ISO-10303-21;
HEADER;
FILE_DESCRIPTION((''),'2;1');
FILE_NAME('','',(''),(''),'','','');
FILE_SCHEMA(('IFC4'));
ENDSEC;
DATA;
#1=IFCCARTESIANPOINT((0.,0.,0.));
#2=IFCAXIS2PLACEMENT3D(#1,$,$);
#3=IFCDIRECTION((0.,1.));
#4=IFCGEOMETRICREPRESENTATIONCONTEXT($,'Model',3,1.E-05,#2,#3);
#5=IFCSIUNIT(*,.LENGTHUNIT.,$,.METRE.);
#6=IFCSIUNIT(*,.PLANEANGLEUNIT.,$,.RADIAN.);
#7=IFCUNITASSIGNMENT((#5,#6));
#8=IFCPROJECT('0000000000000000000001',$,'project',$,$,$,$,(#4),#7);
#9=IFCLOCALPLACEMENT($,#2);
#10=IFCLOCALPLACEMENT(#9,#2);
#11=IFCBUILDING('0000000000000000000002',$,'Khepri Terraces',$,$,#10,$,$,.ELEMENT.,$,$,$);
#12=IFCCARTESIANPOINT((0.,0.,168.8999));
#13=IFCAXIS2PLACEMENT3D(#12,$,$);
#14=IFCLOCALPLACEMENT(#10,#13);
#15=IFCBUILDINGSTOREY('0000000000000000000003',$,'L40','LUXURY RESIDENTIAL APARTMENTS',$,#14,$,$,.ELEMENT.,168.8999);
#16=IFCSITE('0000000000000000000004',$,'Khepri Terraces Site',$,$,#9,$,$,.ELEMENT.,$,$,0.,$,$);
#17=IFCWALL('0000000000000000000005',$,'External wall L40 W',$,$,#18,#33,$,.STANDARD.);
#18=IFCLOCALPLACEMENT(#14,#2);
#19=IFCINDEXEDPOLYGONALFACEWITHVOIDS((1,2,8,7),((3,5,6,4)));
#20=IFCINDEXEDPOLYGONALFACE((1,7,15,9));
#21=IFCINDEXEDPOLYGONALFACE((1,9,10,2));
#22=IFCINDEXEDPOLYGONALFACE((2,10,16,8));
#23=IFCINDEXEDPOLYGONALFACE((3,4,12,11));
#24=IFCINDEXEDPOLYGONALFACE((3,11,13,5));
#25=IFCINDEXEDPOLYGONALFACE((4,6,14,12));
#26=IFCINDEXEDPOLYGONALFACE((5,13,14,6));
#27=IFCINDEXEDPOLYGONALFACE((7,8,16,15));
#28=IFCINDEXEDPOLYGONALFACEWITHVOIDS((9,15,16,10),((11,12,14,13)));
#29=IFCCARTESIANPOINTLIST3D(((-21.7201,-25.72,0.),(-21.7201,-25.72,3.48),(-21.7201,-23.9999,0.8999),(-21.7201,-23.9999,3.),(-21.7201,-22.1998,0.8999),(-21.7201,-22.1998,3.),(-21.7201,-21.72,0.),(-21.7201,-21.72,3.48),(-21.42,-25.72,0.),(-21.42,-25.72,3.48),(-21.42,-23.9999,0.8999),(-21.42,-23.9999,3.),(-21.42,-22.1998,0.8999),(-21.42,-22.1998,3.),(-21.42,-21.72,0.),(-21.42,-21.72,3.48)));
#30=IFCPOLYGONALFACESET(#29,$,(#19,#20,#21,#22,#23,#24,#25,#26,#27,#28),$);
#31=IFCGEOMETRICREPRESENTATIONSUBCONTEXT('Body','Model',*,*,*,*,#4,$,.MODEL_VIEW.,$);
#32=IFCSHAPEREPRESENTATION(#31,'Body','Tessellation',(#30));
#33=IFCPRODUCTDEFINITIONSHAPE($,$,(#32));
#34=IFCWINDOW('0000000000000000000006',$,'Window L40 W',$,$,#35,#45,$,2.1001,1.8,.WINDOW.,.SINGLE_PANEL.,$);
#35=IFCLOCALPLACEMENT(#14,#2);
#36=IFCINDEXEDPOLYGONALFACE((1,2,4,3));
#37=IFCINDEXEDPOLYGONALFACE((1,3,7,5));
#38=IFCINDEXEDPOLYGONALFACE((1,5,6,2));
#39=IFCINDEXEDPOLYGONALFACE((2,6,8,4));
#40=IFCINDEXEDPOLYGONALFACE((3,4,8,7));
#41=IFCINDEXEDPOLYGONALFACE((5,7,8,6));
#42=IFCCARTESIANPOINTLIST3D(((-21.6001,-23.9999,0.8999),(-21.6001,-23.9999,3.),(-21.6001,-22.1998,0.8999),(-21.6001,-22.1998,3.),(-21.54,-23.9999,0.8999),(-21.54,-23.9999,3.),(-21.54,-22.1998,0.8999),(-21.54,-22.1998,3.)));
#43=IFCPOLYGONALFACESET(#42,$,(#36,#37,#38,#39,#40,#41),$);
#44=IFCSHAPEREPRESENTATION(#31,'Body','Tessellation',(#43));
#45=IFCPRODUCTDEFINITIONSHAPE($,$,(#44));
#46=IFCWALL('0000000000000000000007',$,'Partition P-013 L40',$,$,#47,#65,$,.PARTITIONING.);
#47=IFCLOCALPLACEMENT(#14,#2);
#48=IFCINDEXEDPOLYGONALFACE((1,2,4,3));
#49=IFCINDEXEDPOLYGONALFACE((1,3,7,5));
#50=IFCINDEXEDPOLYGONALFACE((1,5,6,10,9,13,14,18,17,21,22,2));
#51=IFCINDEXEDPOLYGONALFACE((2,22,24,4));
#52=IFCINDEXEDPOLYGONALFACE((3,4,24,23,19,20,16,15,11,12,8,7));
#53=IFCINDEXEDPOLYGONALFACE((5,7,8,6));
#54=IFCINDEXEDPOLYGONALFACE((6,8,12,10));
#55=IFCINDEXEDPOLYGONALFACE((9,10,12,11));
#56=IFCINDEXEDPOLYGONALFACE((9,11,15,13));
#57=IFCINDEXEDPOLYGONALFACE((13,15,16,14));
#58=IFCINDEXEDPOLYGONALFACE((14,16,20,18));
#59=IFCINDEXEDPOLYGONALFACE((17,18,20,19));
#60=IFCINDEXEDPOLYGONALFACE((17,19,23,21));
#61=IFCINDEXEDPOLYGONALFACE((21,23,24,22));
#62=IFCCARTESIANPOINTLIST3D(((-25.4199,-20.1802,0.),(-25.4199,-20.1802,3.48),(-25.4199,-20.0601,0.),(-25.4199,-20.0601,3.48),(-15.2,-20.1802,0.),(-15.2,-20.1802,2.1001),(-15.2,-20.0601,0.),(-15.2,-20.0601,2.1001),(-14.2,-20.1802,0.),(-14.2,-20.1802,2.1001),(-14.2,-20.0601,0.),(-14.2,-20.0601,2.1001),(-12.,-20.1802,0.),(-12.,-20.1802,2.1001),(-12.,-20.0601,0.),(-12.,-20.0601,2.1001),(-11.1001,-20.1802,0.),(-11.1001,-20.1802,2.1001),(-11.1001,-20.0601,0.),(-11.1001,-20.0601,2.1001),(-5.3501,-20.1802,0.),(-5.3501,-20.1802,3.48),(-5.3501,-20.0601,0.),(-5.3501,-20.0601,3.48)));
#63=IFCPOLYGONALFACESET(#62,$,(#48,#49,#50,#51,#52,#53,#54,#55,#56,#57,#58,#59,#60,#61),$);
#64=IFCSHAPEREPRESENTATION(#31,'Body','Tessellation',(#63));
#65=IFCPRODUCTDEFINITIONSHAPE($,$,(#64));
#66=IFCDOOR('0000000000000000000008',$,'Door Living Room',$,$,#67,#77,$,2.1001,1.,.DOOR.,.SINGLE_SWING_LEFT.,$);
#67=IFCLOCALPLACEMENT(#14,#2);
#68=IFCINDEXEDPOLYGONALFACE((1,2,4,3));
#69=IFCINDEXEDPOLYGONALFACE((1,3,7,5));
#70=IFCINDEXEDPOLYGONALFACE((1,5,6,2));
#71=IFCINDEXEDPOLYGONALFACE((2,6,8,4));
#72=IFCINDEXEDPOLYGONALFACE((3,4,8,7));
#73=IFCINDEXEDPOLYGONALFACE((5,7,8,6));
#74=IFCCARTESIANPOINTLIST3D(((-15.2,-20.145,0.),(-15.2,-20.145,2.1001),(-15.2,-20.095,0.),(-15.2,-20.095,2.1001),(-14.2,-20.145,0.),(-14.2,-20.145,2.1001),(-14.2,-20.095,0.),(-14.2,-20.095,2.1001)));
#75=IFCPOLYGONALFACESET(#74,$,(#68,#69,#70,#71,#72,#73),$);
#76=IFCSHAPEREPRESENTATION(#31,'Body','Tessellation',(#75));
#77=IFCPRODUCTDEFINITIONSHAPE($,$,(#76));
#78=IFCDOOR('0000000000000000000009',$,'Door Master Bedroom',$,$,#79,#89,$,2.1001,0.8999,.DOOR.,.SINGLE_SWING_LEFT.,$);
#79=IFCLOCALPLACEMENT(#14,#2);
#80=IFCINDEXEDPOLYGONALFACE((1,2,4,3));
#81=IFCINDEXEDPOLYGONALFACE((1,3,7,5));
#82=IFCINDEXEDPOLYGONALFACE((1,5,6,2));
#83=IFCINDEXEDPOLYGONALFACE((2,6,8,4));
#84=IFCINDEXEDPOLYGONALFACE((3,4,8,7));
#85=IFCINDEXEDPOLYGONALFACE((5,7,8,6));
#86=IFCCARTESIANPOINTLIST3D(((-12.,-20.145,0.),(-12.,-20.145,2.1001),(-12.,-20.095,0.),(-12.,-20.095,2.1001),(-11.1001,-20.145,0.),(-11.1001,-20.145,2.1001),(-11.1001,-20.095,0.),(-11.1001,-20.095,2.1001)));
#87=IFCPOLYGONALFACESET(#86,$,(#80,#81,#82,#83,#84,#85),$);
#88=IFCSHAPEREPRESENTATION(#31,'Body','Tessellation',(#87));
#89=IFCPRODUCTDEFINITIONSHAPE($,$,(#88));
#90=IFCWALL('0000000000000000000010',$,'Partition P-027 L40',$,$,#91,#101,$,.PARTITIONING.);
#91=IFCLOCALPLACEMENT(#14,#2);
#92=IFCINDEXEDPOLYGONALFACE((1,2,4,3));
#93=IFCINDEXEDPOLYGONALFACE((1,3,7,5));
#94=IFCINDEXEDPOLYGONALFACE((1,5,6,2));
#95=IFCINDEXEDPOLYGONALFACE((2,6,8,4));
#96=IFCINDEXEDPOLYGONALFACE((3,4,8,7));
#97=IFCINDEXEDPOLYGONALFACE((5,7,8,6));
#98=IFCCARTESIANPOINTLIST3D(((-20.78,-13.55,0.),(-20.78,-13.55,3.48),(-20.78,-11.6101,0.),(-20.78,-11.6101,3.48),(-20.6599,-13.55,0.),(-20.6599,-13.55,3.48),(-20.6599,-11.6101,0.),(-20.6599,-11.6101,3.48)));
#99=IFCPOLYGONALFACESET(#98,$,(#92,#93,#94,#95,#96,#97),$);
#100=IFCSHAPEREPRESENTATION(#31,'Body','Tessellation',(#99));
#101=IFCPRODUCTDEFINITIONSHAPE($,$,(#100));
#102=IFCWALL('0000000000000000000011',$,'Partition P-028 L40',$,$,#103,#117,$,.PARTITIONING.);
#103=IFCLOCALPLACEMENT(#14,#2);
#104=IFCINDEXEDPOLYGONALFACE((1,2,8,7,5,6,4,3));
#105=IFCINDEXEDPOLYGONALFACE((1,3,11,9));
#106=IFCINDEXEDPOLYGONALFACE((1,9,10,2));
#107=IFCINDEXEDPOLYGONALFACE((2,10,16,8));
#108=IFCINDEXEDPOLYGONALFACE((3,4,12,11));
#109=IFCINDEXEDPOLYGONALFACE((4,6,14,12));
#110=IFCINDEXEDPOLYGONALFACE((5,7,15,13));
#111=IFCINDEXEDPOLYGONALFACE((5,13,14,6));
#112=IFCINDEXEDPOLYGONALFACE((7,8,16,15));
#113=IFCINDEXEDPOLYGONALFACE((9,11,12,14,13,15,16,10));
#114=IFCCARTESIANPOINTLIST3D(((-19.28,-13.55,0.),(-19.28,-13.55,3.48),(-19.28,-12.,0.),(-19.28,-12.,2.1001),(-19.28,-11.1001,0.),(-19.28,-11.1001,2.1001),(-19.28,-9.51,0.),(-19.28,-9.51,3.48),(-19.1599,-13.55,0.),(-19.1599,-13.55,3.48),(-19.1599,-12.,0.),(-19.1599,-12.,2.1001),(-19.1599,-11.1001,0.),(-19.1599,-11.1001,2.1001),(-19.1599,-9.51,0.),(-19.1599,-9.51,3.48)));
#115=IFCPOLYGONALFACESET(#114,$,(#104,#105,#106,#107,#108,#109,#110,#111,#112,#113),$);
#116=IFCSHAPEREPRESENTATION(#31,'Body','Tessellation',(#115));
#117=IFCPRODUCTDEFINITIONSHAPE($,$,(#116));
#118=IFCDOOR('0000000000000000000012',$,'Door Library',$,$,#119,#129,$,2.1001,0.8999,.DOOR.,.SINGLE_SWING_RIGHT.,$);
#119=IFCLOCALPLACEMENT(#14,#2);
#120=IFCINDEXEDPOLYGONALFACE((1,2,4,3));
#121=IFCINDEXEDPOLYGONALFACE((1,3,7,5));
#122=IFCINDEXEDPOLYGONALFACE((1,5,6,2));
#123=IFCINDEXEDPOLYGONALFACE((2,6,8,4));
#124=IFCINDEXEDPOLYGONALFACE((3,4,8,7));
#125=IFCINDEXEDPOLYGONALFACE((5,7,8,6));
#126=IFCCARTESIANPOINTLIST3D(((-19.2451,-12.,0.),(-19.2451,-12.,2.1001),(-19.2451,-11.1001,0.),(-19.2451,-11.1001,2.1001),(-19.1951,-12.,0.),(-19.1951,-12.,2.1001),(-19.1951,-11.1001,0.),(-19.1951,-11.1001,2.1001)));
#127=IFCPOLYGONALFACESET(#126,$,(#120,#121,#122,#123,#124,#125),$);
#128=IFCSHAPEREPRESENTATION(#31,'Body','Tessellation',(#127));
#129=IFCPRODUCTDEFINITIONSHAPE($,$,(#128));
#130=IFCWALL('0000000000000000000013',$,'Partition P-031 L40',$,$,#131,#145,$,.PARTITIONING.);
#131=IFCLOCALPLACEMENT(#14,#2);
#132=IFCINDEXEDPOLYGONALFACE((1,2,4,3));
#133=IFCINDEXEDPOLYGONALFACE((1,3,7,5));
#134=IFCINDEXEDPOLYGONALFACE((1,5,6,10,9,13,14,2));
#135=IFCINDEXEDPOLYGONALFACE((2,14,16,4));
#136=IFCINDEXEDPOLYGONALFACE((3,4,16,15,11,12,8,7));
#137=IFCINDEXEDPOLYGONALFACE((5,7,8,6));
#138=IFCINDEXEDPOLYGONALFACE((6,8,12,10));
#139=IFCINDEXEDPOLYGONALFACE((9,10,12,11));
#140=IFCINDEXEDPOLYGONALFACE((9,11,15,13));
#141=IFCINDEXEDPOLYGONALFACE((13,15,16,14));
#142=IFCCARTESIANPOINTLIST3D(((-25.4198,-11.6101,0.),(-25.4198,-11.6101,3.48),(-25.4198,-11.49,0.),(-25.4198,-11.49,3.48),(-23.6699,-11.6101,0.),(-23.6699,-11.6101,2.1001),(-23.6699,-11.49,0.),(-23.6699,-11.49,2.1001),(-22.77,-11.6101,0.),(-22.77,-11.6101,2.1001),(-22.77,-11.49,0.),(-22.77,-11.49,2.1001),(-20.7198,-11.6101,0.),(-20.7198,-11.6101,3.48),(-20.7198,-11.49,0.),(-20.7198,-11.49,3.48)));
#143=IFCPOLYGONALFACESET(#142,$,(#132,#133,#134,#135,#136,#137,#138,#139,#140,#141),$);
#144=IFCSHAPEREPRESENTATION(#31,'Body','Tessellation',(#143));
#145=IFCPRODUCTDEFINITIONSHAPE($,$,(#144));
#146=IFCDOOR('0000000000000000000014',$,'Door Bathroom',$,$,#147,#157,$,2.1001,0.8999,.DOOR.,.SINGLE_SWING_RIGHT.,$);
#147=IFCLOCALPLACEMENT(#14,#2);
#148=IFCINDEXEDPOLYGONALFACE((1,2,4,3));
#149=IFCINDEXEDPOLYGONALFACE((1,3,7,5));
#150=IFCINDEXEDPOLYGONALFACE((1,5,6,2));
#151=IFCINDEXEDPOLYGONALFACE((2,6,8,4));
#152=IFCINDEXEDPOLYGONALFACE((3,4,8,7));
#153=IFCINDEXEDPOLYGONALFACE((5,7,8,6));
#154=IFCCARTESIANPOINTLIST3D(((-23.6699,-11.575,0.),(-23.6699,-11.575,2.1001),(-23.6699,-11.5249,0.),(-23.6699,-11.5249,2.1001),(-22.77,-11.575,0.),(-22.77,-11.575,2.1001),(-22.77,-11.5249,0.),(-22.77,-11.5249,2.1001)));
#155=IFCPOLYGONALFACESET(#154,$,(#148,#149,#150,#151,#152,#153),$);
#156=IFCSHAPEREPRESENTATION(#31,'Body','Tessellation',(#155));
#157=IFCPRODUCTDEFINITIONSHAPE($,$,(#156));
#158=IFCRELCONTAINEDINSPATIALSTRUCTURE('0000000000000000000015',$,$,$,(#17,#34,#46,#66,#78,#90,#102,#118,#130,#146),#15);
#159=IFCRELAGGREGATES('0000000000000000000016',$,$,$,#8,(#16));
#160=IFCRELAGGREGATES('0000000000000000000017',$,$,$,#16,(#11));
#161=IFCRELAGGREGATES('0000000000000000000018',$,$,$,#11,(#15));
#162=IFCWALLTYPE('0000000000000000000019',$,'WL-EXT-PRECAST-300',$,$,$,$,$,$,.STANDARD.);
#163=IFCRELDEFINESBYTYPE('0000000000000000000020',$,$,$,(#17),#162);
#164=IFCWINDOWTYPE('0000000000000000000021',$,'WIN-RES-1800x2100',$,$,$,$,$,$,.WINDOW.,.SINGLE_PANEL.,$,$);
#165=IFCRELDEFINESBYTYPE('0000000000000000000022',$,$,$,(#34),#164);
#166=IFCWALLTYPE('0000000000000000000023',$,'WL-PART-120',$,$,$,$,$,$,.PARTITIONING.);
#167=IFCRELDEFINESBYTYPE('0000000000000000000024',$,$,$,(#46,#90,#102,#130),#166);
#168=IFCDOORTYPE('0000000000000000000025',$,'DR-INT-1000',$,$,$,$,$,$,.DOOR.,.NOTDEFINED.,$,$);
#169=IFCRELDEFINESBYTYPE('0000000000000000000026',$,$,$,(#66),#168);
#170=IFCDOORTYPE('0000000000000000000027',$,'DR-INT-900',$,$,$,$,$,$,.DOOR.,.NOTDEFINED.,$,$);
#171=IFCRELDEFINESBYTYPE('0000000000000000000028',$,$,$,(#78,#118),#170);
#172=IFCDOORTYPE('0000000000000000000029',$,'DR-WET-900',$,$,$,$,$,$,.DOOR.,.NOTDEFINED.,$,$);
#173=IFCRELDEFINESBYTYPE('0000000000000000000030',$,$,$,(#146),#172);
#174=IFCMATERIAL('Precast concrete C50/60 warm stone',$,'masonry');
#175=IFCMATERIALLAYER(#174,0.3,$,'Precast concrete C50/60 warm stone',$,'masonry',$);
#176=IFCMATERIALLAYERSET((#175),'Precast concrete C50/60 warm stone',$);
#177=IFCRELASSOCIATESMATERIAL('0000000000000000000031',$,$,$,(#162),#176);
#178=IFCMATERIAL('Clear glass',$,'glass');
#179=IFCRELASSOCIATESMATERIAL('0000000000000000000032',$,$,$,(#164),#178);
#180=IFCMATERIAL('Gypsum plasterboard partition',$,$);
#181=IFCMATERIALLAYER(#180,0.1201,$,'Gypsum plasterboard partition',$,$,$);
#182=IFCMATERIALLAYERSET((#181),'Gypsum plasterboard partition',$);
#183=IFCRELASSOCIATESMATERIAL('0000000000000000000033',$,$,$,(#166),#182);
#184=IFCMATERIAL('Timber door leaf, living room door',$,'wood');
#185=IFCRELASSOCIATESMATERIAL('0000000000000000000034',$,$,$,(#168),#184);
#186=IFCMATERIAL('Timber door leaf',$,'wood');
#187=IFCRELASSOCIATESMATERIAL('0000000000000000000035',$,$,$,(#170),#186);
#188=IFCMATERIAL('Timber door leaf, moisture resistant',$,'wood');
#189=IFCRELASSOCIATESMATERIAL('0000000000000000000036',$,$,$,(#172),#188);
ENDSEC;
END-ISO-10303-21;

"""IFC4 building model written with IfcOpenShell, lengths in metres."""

from ifc_helpers import new_model, si_unit, direction, frame, frame_2d, origin, place, context, subcontext, project, spatial, rectangle, extrude, material, layer, layer_set, type_object, element, fill, save


model = new_model("IFC4")

# Units and contexts
model_context = context("Model", 3, precision=1e-05, world=origin(), true_north=direction((0.0, 1.0)))
body_context = subcontext(model_context, "Body", "Model", "MODEL_VIEW")
ifc_project = project(units=[si_unit("LENGTHUNIT", "METRE"), si_unit("PLANEANGLEUNIT", "RADIAN")], contexts=[model_context])

# Site, building, storey
site_placement = place(None, origin())
site = spatial("IfcSite", under=ifc_project, at=site_placement, Name="Khepri Terraces Site", CompositionType="ELEMENT", RefElevation=0.0)
building_placement = place(site_placement, origin())
building = spatial("IfcBuilding", under=site, at=building_placement, Name="Khepri Terraces", CompositionType="ELEMENT")
storey_placement = place(building_placement, frame((0.0, 0.0, 168.8999)))
storey = spatial("IfcBuildingStorey", under=building, at=storey_placement, Name="L40", Description="LUXURY RESIDENTIAL APARTMENTS", CompositionType="ELEMENT", Elevation=168.8999)

# Wall, opening, window
ifc_material_1 = material(Name="Precast concrete C50/60 warm stone", Category="masonry")
ifc_layer_1 = layer(ifc_material_1, 0.3, Name="Precast concrete C50/60 warm stone", Category="masonry")
ifc_layer_set_1 = layer_set([ifc_layer_1], Name="Precast concrete C50/60 warm stone")
wall_type_1 = type_object("IfcWallType", Name="WL-EXT-PRECAST-300", PredefinedType="STANDARD", material=ifc_layer_set_1)
ifc_material_2 = material(Name="Clear glass", Category="glass")
window_type = type_object("IfcWindowType", Name="WIN-RES-1800x2100", PartitioningType="SINGLE_PANEL", PredefinedType="WINDOW", material=ifc_material_2)
wall_1_placement = place(storey_placement, frame((-21.5701, -21.72, 0.0), z_axis=(0.0, 0.0, 1.0), x_axis=(0.0, -1.0, 0.0)))
wall_1 = element("IfcWall", 1, at=wall_1_placement, inside=storey, type_object=wall_type_1, Name="External wall L40 W", PredefinedType="STANDARD", context=body_context, shape_type="SweptSolid", body=[
    extrude(rectangle(XDim=4.0, YDim=0.3, at=frame_2d((2.0, 0.0))), origin(), (0.0, 0.0, 1.0), 3.48),
])
opening_1_placement = place(wall_1_placement, frame((0.48, 0.0, 0.8999)))
opening_1 = element("IfcOpeningElement", 2, at=opening_1_placement, cuts=wall_1, PredefinedType="OPENING", context=body_context, shape_type="SweptSolid", body=[
    extrude(rectangle(XDim=1.8, YDim=2.1001, at=frame_2d((0.8999, 1.05))), frame((0.0, 0.1602, 0.0), z_axis=(0.0, -1.0, 0.0), x_axis=(1.0, 0.0, 0.0)), (0.0, 0.0, 1.0), 0.3201),
])
window_1_placement = place(opening_1_placement, origin())
window_1 = element("IfcWindow", 3, at=window_1_placement, inside=storey, type_object=window_type, Name="Window L40 W", OverallHeight=2.1001, OverallWidth=1.8, PartitioningType="SINGLE_PANEL", PredefinedType="WINDOW", context=body_context, shape_type="SweptSolid", body=[
    extrude(rectangle(XDim=1.8, YDim=2.1001, at=frame_2d((0.8999, 1.05))), frame((0.0, 0.03, 0.0), z_axis=(0.0, -1.0, 0.0), x_axis=(1.0, 0.0, 0.0)), (0.0, 0.0, 1.0), 0.0601),
])
fill(opening_1, window_1)

# Wall, openings, doors
ifc_material_3 = material(Name="Gypsum plasterboard partition")
ifc_layer_2 = layer(ifc_material_3, 0.1201, Name="Gypsum plasterboard partition")
ifc_layer_set_2 = layer_set([ifc_layer_2], Name="Gypsum plasterboard partition")
wall_type_2 = type_object("IfcWallType", Name="WL-PART-120", PredefinedType="PARTITIONING", material=ifc_layer_set_2)
wall_2_placement = place(storey_placement, frame((-25.4199, -20.1201, 0.0), z_axis=(0.0, 0.0, 1.0), x_axis=(1.0, 0.0, 0.0)))
wall_2 = element("IfcWall", 4, at=wall_2_placement, inside=storey, type_object=wall_type_2, Name="Partition P-013 L40", PredefinedType="PARTITIONING", context=body_context, shape_type="SweptSolid", body=[
    extrude(rectangle(XDim=20.0698, YDim=0.1201, at=frame_2d((10.0349, 0.0))), origin(), (0.0, 0.0, 1.0), 3.48),
])
opening_2_placement = place(wall_2_placement, frame((10.22, 0.0, 0.0)))
opening_2 = element("IfcOpeningElement", 5, at=opening_2_placement, cuts=wall_2, PredefinedType="OPENING", context=body_context, shape_type="SweptSolid", body=[
    extrude(rectangle(XDim=1.0, YDim=2.1001, at=frame_2d((0.5, 1.05))), frame((0.0, 0.0701, 0.0), z_axis=(0.0, -1.0, 0.0), x_axis=(1.0, 0.0, 0.0)), (0.0, 0.0, 1.0), 0.1401),
])
opening_3_placement = place(wall_2_placement, frame((13.4199, 0.0, 0.0)))
opening_3 = element("IfcOpeningElement", 6, at=opening_3_placement, cuts=wall_2, PredefinedType="OPENING", context=body_context, shape_type="SweptSolid", body=[
    extrude(rectangle(XDim=0.8999, YDim=2.1001, at=frame_2d((0.45, 1.05))), frame((0.0, 0.0701, 0.0), z_axis=(0.0, -1.0, 0.0), x_axis=(1.0, 0.0, 0.0)), (0.0, 0.0, 1.0), 0.1401),
])
ifc_material_4 = material(Name="Timber door leaf, living room door", Category="wood")
door_type_1 = type_object("IfcDoorType", Name="DR-INT-1000", OperationType="NOTDEFINED", PredefinedType="DOOR", material=ifc_material_4)
door_1_placement = place(opening_2_placement, frame((1.0, 0.0, 0.0), z_axis=(0.0, 0.0, 1.0), x_axis=(-1.0, 0.0, 0.0)))
door_1 = element("IfcDoor", 7, at=door_1_placement, inside=storey, type_object=door_type_1, Name="Door Living Room", OperationType="SINGLE_SWING_LEFT", OverallHeight=2.1001, OverallWidth=1.0, PredefinedType="DOOR", context=body_context, shape_type="SweptSolid", body=[
    extrude(rectangle(XDim=1.0, YDim=2.1001, at=frame_2d((0.5, 1.05))), frame((0.0, 0.0249, 0.0), z_axis=(0.0, -1.0, 0.0), x_axis=(1.0, 0.0, 0.0)), (0.0, 0.0, 1.0), 0.05),
])
fill(opening_2, door_1)
ifc_material_5 = material(Name="Timber door leaf", Category="wood")
door_type_2 = type_object("IfcDoorType", Name="DR-INT-900", OperationType="NOTDEFINED", PredefinedType="DOOR", material=ifc_material_5)
door_2_placement = place(opening_3_placement, frame((0.8999, 0.0, 0.0), z_axis=(0.0, 0.0, 1.0), x_axis=(-1.0, 0.0, 0.0)))
door_2 = element("IfcDoor", 8, at=door_2_placement, inside=storey, type_object=door_type_2, Name="Door Master Bedroom", OperationType="SINGLE_SWING_LEFT", OverallHeight=2.1001, OverallWidth=0.8999, PredefinedType="DOOR", context=body_context, shape_type="SweptSolid", body=[
    extrude(rectangle(XDim=0.8999, YDim=2.1001, at=frame_2d((0.45, 1.05))), frame((0.0, 0.0249, 0.0), z_axis=(0.0, -1.0, 0.0), x_axis=(1.0, 0.0, 0.0)), (0.0, 0.0, 1.0), 0.05),
])
fill(opening_3, door_2)

# Wall
wall_3_placement = place(storey_placement, frame((-20.72, -13.55, 0.0), z_axis=(0.0, 0.0, 1.0), x_axis=(0.0, 1.0, 0.0)))
element("IfcWall", 9, at=wall_3_placement, inside=storey, type_object=wall_type_2, Name="Partition P-027 L40", PredefinedType="PARTITIONING", context=body_context, shape_type="SweptSolid", body=[
    extrude(rectangle(XDim=1.9399, YDim=0.1201, at=frame_2d((0.97, 0.0))), origin(), (0.0, 0.0, 1.0), 3.48),
])

# Walls, openings, doors
wall_4_placement = place(storey_placement, frame((-19.22, -13.55, 0.0), z_axis=(0.0, 0.0, 1.0), x_axis=(0.0, 1.0, 0.0)))
wall_4 = element("IfcWall", 10, at=wall_4_placement, inside=storey, type_object=wall_type_2, Name="Partition P-028 L40", PredefinedType="PARTITIONING", context=body_context, shape_type="SweptSolid", body=[
    extrude(rectangle(XDim=4.04, YDim=0.1201, at=frame_2d((2.02, 0.0))), origin(), (0.0, 0.0, 1.0), 3.48),
])
opening_4_placement = place(wall_4_placement, frame((1.55, 0.0, 0.0)))
opening_4 = element("IfcOpeningElement", 11, at=opening_4_placement, cuts=wall_4, PredefinedType="OPENING", context=body_context, shape_type="SweptSolid", body=[
    extrude(rectangle(XDim=0.8999, YDim=2.1001, at=frame_2d((0.45, 1.05))), frame((0.0, 0.0701, 0.0), z_axis=(0.0, -1.0, 0.0), x_axis=(1.0, 0.0, 0.0)), (0.0, 0.0, 1.0), 0.1401),
])
door_3_placement = place(opening_4_placement, frame((0.8999, 0.0, 0.0), z_axis=(0.0, 0.0, 1.0), x_axis=(-1.0, 0.0, 0.0)))
door_3 = element("IfcDoor", 12, at=door_3_placement, inside=storey, type_object=door_type_2, Name="Door Library", OperationType="SINGLE_SWING_RIGHT", OverallHeight=2.1001, OverallWidth=0.8999, PredefinedType="DOOR", context=body_context, shape_type="SweptSolid", body=[
    extrude(rectangle(XDim=0.8999, YDim=2.1001, at=frame_2d((0.45, 1.05))), frame((0.0, 0.0249, 0.0), z_axis=(0.0, -1.0, 0.0), x_axis=(1.0, 0.0, 0.0)), (0.0, 0.0, 1.0), 0.05),
])
fill(opening_4, door_3)
wall_5_placement = place(storey_placement, frame((-25.4199, -11.55, 0.0), z_axis=(0.0, 0.0, 1.0), x_axis=(1.0, 0.0, 0.0)))
wall_5 = element("IfcWall", 13, at=wall_5_placement, inside=storey, type_object=wall_type_2, Name="Partition P-031 L40", PredefinedType="PARTITIONING", context=body_context, shape_type="SweptSolid", body=[
    extrude(rectangle(XDim=4.7, YDim=0.1201, at=frame_2d((2.3501, 0.0))), origin(), (0.0, 0.0, 1.0), 3.48),
])
opening_5_placement = place(wall_5_placement, frame((1.75, 0.0, 0.0)))
opening_5 = element("IfcOpeningElement", 14, at=opening_5_placement, cuts=wall_5, PredefinedType="OPENING", context=body_context, shape_type="SweptSolid", body=[
    extrude(rectangle(XDim=0.8999, YDim=2.1001, at=frame_2d((0.45, 1.05))), frame((0.0, 0.0701, 0.0), z_axis=(0.0, -1.0, 0.0), x_axis=(1.0, 0.0, 0.0)), (0.0, 0.0, 1.0), 0.1401),
])
ifc_material_6 = material(Name="Timber door leaf, moisture resistant", Category="wood")
door_type_3 = type_object("IfcDoorType", Name="DR-WET-900", OperationType="NOTDEFINED", PredefinedType="DOOR", material=ifc_material_6)
door_4_placement = place(opening_5_placement, frame((0.8999, 0.0, 0.0), z_axis=(0.0, 0.0, 1.0), x_axis=(-1.0, 0.0, 0.0)))
door_4 = element("IfcDoor", 15, at=door_4_placement, inside=storey, type_object=door_type_3, Name="Door Bathroom", OperationType="SINGLE_SWING_RIGHT", OverallHeight=2.1001, OverallWidth=0.8999, PredefinedType="DOOR", context=body_context, shape_type="SweptSolid", body=[
    extrude(rectangle(XDim=0.8999, YDim=2.1001, at=frame_2d((0.45, 1.05))), frame((0.0, 0.0249, 0.0), z_axis=(0.0, -1.0, 0.0), x_axis=(1.0, 0.0, 0.0)), (0.0, 0.0, 1.0), 0.05),
])
fill(opening_5, door_4)

save(model, "model.ifc")
